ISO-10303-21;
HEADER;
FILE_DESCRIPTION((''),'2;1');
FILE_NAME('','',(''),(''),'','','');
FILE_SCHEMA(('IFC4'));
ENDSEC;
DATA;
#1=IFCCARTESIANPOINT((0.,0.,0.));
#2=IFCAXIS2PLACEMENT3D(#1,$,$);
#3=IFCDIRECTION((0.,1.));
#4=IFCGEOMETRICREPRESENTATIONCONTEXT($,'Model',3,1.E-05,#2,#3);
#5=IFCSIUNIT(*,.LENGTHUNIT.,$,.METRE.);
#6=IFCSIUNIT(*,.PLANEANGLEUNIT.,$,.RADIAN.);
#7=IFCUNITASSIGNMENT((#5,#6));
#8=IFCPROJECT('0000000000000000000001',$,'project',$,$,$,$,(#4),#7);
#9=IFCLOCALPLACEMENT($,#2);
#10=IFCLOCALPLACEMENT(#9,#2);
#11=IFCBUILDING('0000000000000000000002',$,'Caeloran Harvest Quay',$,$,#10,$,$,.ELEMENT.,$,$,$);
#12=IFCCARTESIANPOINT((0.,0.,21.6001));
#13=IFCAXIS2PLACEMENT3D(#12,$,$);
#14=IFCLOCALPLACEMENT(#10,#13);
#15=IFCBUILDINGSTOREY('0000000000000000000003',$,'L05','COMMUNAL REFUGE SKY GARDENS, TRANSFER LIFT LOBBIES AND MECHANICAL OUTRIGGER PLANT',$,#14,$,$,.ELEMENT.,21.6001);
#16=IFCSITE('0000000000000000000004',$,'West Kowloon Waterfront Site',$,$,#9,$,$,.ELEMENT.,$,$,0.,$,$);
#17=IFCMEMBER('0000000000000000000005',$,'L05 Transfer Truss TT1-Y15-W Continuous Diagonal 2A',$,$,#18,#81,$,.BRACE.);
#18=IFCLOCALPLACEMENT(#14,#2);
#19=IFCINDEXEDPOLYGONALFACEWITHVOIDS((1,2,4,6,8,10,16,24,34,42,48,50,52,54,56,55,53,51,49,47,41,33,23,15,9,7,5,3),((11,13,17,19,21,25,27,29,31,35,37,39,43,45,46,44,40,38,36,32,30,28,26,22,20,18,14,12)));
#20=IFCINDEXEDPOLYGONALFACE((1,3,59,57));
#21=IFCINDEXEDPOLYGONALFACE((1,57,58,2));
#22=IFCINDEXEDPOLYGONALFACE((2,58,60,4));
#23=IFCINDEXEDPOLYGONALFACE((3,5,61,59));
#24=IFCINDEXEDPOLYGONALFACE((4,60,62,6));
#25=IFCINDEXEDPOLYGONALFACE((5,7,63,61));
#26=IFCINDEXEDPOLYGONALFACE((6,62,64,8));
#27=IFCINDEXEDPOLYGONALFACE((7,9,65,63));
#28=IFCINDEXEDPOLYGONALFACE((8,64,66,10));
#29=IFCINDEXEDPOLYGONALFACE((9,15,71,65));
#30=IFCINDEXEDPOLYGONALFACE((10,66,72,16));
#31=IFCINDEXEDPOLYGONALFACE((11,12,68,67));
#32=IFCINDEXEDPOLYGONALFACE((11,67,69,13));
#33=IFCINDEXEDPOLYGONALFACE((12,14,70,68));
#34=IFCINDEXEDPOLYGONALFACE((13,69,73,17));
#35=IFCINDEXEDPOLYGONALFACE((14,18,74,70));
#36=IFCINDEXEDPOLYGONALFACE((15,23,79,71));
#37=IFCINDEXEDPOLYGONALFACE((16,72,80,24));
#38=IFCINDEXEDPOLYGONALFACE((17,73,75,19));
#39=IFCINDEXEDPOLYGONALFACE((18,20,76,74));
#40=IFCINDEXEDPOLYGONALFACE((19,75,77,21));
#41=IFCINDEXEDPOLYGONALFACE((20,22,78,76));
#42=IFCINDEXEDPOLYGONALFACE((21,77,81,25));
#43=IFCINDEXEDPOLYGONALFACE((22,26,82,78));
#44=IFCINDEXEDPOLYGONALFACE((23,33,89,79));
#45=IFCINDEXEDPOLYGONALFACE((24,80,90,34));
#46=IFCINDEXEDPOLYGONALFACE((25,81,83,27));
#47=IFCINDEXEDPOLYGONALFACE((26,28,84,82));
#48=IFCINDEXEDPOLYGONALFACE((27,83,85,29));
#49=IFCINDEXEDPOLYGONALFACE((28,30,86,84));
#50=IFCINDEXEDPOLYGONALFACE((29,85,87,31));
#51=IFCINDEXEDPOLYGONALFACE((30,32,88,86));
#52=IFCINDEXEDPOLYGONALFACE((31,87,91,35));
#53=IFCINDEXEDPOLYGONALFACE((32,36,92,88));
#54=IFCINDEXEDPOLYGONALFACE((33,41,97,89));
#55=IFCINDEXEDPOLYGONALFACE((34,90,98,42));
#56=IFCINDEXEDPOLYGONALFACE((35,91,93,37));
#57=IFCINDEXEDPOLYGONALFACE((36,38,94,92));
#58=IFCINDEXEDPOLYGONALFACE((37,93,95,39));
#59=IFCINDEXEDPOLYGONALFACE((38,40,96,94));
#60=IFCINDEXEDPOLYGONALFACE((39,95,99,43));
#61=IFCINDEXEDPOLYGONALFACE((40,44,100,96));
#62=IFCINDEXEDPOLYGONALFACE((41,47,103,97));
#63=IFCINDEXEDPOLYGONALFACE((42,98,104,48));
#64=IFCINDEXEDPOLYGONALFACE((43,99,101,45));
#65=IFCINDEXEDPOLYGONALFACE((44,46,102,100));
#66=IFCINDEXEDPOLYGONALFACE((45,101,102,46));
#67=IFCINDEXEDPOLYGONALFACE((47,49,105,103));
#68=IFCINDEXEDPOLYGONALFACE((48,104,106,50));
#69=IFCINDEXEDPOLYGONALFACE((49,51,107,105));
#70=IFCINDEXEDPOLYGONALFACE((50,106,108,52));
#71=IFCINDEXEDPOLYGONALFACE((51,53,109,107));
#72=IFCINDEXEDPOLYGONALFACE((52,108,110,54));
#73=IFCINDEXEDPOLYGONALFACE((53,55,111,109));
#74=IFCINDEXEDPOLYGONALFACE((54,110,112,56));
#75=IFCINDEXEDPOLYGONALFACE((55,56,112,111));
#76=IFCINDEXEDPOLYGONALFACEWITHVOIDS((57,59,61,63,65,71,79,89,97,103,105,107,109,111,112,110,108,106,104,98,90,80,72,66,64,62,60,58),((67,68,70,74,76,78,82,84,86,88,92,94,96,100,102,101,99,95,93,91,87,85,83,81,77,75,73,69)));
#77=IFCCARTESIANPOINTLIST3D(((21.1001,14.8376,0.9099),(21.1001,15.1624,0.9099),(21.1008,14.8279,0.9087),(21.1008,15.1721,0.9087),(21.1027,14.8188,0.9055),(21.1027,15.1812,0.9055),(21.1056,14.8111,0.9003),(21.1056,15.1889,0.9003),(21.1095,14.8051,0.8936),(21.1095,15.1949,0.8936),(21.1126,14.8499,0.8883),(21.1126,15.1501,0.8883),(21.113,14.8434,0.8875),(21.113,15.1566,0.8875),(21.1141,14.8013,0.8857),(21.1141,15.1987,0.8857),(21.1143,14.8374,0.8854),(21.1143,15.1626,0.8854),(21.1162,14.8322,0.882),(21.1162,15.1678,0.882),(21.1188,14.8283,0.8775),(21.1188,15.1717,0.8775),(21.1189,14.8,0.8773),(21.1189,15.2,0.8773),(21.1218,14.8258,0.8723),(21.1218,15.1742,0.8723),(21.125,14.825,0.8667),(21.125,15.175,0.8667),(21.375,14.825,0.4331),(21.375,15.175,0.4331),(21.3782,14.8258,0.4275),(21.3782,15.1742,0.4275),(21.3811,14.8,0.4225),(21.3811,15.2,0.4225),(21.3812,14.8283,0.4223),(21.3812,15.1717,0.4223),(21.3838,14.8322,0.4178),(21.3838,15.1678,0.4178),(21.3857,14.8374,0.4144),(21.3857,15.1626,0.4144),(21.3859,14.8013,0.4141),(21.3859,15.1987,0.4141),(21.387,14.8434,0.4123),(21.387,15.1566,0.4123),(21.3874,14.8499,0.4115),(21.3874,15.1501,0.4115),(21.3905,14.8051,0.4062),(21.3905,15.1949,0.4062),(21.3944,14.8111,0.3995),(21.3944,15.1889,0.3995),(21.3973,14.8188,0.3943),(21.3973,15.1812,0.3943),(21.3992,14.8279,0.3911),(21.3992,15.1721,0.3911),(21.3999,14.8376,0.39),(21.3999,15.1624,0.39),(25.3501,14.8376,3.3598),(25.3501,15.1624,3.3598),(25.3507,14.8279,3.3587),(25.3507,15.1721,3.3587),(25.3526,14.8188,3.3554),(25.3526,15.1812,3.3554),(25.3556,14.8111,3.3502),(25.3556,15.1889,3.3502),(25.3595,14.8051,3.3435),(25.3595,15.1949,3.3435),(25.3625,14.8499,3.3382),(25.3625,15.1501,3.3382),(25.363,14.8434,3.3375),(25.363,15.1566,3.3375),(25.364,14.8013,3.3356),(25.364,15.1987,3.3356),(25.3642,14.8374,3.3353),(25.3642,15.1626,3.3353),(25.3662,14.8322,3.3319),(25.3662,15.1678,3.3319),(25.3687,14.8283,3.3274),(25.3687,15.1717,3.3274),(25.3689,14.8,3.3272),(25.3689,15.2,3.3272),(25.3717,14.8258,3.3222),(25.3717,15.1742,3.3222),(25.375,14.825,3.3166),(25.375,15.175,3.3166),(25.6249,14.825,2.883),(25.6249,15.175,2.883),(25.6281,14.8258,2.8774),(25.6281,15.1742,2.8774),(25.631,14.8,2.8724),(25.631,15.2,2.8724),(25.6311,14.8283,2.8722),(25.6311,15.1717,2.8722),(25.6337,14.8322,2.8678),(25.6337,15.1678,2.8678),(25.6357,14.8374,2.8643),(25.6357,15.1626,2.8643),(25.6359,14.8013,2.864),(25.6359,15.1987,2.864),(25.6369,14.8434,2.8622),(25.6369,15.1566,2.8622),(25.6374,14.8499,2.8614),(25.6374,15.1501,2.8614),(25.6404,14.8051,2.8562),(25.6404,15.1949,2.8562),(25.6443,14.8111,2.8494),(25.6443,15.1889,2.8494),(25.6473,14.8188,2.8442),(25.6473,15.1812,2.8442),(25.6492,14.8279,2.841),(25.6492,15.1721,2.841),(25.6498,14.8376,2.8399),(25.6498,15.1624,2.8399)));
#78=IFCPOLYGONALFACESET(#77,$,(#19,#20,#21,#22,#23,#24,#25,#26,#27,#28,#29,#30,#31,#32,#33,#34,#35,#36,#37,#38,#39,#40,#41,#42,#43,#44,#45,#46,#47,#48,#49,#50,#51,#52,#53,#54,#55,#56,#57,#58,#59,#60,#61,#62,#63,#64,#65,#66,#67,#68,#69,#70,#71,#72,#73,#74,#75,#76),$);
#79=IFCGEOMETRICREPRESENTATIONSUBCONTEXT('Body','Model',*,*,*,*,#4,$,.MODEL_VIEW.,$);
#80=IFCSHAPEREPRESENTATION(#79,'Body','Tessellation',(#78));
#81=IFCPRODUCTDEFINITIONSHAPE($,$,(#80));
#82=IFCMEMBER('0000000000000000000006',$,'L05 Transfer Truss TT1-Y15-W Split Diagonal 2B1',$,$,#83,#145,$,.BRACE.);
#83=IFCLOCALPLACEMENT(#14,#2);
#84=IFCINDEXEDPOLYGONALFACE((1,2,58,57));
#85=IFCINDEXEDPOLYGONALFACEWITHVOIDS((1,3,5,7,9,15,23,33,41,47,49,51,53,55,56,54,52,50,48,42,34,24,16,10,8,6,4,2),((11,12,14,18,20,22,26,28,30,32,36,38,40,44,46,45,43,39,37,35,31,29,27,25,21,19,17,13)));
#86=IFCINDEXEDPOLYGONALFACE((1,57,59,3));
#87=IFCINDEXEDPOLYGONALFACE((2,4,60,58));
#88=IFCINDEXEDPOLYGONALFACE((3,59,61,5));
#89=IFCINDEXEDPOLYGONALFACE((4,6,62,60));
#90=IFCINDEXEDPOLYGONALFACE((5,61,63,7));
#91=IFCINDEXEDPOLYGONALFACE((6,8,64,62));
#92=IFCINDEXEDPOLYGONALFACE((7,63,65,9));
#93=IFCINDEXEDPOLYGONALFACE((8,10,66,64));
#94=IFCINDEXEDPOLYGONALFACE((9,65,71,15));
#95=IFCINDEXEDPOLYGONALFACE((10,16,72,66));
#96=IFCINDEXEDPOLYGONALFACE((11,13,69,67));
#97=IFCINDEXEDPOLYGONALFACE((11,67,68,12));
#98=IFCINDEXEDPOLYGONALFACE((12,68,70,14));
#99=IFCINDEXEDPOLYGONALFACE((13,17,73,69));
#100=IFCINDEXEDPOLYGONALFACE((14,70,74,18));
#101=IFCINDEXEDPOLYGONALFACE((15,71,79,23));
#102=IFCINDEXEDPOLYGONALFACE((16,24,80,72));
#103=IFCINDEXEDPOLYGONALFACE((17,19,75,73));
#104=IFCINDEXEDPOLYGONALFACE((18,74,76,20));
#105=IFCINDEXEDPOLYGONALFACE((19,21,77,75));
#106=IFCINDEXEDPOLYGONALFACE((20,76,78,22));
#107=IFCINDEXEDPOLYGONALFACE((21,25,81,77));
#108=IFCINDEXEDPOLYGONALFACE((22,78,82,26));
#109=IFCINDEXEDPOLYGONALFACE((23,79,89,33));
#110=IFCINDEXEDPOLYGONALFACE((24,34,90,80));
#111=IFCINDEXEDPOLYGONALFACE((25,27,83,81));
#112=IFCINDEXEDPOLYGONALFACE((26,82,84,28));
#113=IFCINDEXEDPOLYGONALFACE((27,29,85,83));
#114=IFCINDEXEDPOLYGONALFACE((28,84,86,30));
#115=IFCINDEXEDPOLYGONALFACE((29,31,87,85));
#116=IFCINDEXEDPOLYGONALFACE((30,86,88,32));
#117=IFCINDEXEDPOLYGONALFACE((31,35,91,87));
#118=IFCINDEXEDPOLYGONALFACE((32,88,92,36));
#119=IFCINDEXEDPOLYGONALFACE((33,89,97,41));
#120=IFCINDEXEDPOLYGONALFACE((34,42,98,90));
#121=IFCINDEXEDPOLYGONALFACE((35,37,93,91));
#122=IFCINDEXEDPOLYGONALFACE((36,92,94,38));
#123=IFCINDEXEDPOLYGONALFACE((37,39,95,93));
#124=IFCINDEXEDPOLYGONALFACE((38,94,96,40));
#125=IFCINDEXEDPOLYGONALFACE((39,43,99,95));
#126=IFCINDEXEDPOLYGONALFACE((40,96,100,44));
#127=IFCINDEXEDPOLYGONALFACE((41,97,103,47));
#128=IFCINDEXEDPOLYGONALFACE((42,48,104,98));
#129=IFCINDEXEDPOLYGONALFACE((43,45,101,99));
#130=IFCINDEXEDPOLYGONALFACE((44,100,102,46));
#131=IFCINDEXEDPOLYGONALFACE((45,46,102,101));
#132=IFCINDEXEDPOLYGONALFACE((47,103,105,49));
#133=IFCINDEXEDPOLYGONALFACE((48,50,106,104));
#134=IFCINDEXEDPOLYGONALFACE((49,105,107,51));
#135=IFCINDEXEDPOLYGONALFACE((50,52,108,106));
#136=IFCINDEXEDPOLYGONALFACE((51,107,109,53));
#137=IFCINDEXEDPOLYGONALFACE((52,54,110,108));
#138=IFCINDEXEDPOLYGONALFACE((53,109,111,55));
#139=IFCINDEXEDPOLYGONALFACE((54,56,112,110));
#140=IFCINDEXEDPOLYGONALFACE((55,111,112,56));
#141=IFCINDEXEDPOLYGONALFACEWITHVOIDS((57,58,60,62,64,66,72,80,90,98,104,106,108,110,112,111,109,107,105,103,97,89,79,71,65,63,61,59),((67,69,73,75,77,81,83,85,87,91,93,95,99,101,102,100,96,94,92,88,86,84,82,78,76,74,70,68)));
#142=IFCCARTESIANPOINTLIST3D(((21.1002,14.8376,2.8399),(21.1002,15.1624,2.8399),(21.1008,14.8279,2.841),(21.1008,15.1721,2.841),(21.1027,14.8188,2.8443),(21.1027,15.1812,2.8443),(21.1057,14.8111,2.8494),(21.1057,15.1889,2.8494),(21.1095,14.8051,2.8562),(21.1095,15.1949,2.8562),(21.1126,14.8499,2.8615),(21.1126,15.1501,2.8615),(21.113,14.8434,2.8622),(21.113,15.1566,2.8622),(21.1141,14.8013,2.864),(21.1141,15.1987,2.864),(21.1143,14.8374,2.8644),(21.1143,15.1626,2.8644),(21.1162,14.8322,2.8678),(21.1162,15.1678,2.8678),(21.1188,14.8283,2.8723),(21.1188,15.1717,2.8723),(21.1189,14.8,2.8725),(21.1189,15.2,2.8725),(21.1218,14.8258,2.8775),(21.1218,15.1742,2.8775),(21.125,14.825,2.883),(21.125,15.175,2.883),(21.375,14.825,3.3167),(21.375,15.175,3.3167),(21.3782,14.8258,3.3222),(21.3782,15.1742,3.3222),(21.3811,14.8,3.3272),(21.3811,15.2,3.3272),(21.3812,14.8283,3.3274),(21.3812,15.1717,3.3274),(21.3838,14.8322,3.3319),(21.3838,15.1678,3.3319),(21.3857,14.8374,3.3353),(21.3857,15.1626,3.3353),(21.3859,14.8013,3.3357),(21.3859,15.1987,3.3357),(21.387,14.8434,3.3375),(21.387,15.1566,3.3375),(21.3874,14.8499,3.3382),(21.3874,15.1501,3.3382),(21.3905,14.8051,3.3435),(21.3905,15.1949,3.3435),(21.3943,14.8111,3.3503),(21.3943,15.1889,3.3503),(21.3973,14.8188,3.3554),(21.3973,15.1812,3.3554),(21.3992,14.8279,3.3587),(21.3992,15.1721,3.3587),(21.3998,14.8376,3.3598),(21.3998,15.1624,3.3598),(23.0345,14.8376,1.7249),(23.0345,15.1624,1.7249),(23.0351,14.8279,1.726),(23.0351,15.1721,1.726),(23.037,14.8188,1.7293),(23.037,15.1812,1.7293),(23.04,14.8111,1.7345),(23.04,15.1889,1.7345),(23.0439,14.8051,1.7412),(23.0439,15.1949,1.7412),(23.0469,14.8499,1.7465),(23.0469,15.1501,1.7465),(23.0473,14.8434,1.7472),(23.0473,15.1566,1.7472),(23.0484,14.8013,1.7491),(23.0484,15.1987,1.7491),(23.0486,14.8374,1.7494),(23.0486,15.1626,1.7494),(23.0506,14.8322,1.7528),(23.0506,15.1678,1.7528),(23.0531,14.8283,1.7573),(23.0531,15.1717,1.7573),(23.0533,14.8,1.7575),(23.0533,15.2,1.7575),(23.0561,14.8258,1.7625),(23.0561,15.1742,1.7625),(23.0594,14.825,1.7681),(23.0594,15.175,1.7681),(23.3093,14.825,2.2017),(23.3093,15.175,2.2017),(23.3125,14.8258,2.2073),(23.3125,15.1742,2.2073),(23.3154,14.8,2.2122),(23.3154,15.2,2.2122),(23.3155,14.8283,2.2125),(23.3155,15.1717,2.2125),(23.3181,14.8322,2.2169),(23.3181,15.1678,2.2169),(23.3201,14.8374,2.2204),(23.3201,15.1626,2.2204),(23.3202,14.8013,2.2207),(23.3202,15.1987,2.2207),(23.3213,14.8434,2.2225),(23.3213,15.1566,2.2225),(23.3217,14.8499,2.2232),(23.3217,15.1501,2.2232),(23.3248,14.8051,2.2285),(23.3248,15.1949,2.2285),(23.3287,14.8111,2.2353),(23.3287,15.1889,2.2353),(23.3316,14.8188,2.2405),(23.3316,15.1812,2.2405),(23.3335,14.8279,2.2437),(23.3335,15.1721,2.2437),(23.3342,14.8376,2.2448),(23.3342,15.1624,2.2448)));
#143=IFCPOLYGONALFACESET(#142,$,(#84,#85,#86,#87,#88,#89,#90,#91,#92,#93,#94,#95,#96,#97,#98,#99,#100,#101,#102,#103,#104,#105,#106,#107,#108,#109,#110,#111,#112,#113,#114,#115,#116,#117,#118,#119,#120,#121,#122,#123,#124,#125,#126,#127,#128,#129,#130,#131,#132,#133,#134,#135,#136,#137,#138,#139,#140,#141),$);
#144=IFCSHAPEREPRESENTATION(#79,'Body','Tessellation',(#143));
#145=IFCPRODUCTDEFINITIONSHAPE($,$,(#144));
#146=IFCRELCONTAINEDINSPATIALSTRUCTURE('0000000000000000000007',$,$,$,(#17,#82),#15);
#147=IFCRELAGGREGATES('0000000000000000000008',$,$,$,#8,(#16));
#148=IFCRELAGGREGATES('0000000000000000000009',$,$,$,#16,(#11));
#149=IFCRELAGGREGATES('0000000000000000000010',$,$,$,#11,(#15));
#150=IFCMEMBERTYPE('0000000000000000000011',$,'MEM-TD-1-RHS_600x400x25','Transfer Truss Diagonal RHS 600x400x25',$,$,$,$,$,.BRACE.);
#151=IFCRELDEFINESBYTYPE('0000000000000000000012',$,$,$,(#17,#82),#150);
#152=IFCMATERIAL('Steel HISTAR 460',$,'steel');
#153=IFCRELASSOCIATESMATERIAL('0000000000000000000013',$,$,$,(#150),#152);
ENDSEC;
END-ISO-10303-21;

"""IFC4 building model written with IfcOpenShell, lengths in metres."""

from ifc_helpers import new_model, si_unit, direction, frame, origin, origin_2d, place, context, subcontext, project, spatial, hollow_rectangle, extrude, material, material_profile, profile_set, type_object, element, save


model = new_model("IFC4")

# Units and contexts
model_context = context("Model", 3, precision=1e-05, world=origin(), true_north=direction((0.0, 1.0)))
body_context = subcontext(model_context, "Body", "Model", "MODEL_VIEW")
ifc_project = project(units=[si_unit("LENGTHUNIT", "METRE"), si_unit("PLANEANGLEUNIT", "RADIAN")], contexts=[model_context])

# Site, building, storey
site_placement = place(None, origin())
site = spatial("IfcSite", under=ifc_project, at=site_placement, Name="West Kowloon Waterfront Site", CompositionType="ELEMENT", RefElevation=0.0)
building_placement = place(site_placement, origin())
building = spatial("IfcBuilding", under=site, at=building_placement, Name="Caeloran Harvest Quay", CompositionType="ELEMENT")
storey_placement = place(building_placement, frame((0.0, 0.0, 21.6001)))
storey = spatial("IfcBuildingStorey", under=building, at=storey_placement, Name="L05", Description="COMMUNAL REFUGE SKY GARDENS, TRANSFER LIFT LOBBIES AND MECHANICAL OUTRIGGER PLANT", CompositionType="ELEMENT", Elevation=21.6001)

# Members
ifc_material_1 = material(Name="Steel HISTAR 460", Category="steel")
ifc_material_profile_1 = material_profile(ifc_material_1, hollow_rectangle(XDim=0.3999, YDim=0.6001, WallThickness=0.0249, InnerFilletRadius=0.0249, OuterFilletRadius=0.0376, at=origin_2d()), Name="RHS 600x400x25")
ifc_profile_set_1 = profile_set([ifc_material_profile_1], Name="Steel HISTAR 460")
member_type_1 = type_object("IfcMemberType", Name="MEM-TD-1-RHS_600x400x25", Description="Transfer Truss Diagonal RHS 600x400x25", PredefinedType="BRACE", material=ifc_profile_set_1)
member_1_placement = place(storey_placement, frame((21.25, 15.0, 0.6499), z_axis=(0.86636, 0.0, 0.499421), x_axis=(0.0, 1.0, 0.0)))
element("IfcMember", 1, at=member_1_placement, inside=storey, type_object=member_type_1, Name="L05 Transfer Truss TT1-Y15-W Continuous Diagonal 2A", PredefinedType="BRACE", context=body_context, shape_type="SweptSolid", body=[
    extrude(hollow_rectangle(XDim=0.3999, YDim=0.6001, WallThickness=0.0249, InnerFilletRadius=0.0249, OuterFilletRadius=0.0376, at=origin_2d()), origin(), (0.0, 0.0, 1.0), 4.9055),
])
for number, where, z_axis, x_axis, name in (
    (2, (21.25, 15.0, 3.0999), (0.866373, 0.0, -0.499397), (0.0, 1.0, 0.0), "L05 Transfer Truss TT1-Y15-W Split Diagonal 2B1"),
):
    element("IfcMember", number, at=place(storey_placement, frame(where, z_axis=z_axis, x_axis=x_axis)), inside=storey, type_object=member_type_1, Name=name, PredefinedType="BRACE", context=body_context, shape_type="SweptSolid", body=[
        extrude(hollow_rectangle(XDim=0.3999, YDim=0.6001, WallThickness=0.0249, InnerFilletRadius=0.0249, OuterFilletRadius=0.0376, at=origin_2d()), origin(), (0.0, 0.0, 1.0), 2.2327),
    ])

save(model, "model.ifc")
